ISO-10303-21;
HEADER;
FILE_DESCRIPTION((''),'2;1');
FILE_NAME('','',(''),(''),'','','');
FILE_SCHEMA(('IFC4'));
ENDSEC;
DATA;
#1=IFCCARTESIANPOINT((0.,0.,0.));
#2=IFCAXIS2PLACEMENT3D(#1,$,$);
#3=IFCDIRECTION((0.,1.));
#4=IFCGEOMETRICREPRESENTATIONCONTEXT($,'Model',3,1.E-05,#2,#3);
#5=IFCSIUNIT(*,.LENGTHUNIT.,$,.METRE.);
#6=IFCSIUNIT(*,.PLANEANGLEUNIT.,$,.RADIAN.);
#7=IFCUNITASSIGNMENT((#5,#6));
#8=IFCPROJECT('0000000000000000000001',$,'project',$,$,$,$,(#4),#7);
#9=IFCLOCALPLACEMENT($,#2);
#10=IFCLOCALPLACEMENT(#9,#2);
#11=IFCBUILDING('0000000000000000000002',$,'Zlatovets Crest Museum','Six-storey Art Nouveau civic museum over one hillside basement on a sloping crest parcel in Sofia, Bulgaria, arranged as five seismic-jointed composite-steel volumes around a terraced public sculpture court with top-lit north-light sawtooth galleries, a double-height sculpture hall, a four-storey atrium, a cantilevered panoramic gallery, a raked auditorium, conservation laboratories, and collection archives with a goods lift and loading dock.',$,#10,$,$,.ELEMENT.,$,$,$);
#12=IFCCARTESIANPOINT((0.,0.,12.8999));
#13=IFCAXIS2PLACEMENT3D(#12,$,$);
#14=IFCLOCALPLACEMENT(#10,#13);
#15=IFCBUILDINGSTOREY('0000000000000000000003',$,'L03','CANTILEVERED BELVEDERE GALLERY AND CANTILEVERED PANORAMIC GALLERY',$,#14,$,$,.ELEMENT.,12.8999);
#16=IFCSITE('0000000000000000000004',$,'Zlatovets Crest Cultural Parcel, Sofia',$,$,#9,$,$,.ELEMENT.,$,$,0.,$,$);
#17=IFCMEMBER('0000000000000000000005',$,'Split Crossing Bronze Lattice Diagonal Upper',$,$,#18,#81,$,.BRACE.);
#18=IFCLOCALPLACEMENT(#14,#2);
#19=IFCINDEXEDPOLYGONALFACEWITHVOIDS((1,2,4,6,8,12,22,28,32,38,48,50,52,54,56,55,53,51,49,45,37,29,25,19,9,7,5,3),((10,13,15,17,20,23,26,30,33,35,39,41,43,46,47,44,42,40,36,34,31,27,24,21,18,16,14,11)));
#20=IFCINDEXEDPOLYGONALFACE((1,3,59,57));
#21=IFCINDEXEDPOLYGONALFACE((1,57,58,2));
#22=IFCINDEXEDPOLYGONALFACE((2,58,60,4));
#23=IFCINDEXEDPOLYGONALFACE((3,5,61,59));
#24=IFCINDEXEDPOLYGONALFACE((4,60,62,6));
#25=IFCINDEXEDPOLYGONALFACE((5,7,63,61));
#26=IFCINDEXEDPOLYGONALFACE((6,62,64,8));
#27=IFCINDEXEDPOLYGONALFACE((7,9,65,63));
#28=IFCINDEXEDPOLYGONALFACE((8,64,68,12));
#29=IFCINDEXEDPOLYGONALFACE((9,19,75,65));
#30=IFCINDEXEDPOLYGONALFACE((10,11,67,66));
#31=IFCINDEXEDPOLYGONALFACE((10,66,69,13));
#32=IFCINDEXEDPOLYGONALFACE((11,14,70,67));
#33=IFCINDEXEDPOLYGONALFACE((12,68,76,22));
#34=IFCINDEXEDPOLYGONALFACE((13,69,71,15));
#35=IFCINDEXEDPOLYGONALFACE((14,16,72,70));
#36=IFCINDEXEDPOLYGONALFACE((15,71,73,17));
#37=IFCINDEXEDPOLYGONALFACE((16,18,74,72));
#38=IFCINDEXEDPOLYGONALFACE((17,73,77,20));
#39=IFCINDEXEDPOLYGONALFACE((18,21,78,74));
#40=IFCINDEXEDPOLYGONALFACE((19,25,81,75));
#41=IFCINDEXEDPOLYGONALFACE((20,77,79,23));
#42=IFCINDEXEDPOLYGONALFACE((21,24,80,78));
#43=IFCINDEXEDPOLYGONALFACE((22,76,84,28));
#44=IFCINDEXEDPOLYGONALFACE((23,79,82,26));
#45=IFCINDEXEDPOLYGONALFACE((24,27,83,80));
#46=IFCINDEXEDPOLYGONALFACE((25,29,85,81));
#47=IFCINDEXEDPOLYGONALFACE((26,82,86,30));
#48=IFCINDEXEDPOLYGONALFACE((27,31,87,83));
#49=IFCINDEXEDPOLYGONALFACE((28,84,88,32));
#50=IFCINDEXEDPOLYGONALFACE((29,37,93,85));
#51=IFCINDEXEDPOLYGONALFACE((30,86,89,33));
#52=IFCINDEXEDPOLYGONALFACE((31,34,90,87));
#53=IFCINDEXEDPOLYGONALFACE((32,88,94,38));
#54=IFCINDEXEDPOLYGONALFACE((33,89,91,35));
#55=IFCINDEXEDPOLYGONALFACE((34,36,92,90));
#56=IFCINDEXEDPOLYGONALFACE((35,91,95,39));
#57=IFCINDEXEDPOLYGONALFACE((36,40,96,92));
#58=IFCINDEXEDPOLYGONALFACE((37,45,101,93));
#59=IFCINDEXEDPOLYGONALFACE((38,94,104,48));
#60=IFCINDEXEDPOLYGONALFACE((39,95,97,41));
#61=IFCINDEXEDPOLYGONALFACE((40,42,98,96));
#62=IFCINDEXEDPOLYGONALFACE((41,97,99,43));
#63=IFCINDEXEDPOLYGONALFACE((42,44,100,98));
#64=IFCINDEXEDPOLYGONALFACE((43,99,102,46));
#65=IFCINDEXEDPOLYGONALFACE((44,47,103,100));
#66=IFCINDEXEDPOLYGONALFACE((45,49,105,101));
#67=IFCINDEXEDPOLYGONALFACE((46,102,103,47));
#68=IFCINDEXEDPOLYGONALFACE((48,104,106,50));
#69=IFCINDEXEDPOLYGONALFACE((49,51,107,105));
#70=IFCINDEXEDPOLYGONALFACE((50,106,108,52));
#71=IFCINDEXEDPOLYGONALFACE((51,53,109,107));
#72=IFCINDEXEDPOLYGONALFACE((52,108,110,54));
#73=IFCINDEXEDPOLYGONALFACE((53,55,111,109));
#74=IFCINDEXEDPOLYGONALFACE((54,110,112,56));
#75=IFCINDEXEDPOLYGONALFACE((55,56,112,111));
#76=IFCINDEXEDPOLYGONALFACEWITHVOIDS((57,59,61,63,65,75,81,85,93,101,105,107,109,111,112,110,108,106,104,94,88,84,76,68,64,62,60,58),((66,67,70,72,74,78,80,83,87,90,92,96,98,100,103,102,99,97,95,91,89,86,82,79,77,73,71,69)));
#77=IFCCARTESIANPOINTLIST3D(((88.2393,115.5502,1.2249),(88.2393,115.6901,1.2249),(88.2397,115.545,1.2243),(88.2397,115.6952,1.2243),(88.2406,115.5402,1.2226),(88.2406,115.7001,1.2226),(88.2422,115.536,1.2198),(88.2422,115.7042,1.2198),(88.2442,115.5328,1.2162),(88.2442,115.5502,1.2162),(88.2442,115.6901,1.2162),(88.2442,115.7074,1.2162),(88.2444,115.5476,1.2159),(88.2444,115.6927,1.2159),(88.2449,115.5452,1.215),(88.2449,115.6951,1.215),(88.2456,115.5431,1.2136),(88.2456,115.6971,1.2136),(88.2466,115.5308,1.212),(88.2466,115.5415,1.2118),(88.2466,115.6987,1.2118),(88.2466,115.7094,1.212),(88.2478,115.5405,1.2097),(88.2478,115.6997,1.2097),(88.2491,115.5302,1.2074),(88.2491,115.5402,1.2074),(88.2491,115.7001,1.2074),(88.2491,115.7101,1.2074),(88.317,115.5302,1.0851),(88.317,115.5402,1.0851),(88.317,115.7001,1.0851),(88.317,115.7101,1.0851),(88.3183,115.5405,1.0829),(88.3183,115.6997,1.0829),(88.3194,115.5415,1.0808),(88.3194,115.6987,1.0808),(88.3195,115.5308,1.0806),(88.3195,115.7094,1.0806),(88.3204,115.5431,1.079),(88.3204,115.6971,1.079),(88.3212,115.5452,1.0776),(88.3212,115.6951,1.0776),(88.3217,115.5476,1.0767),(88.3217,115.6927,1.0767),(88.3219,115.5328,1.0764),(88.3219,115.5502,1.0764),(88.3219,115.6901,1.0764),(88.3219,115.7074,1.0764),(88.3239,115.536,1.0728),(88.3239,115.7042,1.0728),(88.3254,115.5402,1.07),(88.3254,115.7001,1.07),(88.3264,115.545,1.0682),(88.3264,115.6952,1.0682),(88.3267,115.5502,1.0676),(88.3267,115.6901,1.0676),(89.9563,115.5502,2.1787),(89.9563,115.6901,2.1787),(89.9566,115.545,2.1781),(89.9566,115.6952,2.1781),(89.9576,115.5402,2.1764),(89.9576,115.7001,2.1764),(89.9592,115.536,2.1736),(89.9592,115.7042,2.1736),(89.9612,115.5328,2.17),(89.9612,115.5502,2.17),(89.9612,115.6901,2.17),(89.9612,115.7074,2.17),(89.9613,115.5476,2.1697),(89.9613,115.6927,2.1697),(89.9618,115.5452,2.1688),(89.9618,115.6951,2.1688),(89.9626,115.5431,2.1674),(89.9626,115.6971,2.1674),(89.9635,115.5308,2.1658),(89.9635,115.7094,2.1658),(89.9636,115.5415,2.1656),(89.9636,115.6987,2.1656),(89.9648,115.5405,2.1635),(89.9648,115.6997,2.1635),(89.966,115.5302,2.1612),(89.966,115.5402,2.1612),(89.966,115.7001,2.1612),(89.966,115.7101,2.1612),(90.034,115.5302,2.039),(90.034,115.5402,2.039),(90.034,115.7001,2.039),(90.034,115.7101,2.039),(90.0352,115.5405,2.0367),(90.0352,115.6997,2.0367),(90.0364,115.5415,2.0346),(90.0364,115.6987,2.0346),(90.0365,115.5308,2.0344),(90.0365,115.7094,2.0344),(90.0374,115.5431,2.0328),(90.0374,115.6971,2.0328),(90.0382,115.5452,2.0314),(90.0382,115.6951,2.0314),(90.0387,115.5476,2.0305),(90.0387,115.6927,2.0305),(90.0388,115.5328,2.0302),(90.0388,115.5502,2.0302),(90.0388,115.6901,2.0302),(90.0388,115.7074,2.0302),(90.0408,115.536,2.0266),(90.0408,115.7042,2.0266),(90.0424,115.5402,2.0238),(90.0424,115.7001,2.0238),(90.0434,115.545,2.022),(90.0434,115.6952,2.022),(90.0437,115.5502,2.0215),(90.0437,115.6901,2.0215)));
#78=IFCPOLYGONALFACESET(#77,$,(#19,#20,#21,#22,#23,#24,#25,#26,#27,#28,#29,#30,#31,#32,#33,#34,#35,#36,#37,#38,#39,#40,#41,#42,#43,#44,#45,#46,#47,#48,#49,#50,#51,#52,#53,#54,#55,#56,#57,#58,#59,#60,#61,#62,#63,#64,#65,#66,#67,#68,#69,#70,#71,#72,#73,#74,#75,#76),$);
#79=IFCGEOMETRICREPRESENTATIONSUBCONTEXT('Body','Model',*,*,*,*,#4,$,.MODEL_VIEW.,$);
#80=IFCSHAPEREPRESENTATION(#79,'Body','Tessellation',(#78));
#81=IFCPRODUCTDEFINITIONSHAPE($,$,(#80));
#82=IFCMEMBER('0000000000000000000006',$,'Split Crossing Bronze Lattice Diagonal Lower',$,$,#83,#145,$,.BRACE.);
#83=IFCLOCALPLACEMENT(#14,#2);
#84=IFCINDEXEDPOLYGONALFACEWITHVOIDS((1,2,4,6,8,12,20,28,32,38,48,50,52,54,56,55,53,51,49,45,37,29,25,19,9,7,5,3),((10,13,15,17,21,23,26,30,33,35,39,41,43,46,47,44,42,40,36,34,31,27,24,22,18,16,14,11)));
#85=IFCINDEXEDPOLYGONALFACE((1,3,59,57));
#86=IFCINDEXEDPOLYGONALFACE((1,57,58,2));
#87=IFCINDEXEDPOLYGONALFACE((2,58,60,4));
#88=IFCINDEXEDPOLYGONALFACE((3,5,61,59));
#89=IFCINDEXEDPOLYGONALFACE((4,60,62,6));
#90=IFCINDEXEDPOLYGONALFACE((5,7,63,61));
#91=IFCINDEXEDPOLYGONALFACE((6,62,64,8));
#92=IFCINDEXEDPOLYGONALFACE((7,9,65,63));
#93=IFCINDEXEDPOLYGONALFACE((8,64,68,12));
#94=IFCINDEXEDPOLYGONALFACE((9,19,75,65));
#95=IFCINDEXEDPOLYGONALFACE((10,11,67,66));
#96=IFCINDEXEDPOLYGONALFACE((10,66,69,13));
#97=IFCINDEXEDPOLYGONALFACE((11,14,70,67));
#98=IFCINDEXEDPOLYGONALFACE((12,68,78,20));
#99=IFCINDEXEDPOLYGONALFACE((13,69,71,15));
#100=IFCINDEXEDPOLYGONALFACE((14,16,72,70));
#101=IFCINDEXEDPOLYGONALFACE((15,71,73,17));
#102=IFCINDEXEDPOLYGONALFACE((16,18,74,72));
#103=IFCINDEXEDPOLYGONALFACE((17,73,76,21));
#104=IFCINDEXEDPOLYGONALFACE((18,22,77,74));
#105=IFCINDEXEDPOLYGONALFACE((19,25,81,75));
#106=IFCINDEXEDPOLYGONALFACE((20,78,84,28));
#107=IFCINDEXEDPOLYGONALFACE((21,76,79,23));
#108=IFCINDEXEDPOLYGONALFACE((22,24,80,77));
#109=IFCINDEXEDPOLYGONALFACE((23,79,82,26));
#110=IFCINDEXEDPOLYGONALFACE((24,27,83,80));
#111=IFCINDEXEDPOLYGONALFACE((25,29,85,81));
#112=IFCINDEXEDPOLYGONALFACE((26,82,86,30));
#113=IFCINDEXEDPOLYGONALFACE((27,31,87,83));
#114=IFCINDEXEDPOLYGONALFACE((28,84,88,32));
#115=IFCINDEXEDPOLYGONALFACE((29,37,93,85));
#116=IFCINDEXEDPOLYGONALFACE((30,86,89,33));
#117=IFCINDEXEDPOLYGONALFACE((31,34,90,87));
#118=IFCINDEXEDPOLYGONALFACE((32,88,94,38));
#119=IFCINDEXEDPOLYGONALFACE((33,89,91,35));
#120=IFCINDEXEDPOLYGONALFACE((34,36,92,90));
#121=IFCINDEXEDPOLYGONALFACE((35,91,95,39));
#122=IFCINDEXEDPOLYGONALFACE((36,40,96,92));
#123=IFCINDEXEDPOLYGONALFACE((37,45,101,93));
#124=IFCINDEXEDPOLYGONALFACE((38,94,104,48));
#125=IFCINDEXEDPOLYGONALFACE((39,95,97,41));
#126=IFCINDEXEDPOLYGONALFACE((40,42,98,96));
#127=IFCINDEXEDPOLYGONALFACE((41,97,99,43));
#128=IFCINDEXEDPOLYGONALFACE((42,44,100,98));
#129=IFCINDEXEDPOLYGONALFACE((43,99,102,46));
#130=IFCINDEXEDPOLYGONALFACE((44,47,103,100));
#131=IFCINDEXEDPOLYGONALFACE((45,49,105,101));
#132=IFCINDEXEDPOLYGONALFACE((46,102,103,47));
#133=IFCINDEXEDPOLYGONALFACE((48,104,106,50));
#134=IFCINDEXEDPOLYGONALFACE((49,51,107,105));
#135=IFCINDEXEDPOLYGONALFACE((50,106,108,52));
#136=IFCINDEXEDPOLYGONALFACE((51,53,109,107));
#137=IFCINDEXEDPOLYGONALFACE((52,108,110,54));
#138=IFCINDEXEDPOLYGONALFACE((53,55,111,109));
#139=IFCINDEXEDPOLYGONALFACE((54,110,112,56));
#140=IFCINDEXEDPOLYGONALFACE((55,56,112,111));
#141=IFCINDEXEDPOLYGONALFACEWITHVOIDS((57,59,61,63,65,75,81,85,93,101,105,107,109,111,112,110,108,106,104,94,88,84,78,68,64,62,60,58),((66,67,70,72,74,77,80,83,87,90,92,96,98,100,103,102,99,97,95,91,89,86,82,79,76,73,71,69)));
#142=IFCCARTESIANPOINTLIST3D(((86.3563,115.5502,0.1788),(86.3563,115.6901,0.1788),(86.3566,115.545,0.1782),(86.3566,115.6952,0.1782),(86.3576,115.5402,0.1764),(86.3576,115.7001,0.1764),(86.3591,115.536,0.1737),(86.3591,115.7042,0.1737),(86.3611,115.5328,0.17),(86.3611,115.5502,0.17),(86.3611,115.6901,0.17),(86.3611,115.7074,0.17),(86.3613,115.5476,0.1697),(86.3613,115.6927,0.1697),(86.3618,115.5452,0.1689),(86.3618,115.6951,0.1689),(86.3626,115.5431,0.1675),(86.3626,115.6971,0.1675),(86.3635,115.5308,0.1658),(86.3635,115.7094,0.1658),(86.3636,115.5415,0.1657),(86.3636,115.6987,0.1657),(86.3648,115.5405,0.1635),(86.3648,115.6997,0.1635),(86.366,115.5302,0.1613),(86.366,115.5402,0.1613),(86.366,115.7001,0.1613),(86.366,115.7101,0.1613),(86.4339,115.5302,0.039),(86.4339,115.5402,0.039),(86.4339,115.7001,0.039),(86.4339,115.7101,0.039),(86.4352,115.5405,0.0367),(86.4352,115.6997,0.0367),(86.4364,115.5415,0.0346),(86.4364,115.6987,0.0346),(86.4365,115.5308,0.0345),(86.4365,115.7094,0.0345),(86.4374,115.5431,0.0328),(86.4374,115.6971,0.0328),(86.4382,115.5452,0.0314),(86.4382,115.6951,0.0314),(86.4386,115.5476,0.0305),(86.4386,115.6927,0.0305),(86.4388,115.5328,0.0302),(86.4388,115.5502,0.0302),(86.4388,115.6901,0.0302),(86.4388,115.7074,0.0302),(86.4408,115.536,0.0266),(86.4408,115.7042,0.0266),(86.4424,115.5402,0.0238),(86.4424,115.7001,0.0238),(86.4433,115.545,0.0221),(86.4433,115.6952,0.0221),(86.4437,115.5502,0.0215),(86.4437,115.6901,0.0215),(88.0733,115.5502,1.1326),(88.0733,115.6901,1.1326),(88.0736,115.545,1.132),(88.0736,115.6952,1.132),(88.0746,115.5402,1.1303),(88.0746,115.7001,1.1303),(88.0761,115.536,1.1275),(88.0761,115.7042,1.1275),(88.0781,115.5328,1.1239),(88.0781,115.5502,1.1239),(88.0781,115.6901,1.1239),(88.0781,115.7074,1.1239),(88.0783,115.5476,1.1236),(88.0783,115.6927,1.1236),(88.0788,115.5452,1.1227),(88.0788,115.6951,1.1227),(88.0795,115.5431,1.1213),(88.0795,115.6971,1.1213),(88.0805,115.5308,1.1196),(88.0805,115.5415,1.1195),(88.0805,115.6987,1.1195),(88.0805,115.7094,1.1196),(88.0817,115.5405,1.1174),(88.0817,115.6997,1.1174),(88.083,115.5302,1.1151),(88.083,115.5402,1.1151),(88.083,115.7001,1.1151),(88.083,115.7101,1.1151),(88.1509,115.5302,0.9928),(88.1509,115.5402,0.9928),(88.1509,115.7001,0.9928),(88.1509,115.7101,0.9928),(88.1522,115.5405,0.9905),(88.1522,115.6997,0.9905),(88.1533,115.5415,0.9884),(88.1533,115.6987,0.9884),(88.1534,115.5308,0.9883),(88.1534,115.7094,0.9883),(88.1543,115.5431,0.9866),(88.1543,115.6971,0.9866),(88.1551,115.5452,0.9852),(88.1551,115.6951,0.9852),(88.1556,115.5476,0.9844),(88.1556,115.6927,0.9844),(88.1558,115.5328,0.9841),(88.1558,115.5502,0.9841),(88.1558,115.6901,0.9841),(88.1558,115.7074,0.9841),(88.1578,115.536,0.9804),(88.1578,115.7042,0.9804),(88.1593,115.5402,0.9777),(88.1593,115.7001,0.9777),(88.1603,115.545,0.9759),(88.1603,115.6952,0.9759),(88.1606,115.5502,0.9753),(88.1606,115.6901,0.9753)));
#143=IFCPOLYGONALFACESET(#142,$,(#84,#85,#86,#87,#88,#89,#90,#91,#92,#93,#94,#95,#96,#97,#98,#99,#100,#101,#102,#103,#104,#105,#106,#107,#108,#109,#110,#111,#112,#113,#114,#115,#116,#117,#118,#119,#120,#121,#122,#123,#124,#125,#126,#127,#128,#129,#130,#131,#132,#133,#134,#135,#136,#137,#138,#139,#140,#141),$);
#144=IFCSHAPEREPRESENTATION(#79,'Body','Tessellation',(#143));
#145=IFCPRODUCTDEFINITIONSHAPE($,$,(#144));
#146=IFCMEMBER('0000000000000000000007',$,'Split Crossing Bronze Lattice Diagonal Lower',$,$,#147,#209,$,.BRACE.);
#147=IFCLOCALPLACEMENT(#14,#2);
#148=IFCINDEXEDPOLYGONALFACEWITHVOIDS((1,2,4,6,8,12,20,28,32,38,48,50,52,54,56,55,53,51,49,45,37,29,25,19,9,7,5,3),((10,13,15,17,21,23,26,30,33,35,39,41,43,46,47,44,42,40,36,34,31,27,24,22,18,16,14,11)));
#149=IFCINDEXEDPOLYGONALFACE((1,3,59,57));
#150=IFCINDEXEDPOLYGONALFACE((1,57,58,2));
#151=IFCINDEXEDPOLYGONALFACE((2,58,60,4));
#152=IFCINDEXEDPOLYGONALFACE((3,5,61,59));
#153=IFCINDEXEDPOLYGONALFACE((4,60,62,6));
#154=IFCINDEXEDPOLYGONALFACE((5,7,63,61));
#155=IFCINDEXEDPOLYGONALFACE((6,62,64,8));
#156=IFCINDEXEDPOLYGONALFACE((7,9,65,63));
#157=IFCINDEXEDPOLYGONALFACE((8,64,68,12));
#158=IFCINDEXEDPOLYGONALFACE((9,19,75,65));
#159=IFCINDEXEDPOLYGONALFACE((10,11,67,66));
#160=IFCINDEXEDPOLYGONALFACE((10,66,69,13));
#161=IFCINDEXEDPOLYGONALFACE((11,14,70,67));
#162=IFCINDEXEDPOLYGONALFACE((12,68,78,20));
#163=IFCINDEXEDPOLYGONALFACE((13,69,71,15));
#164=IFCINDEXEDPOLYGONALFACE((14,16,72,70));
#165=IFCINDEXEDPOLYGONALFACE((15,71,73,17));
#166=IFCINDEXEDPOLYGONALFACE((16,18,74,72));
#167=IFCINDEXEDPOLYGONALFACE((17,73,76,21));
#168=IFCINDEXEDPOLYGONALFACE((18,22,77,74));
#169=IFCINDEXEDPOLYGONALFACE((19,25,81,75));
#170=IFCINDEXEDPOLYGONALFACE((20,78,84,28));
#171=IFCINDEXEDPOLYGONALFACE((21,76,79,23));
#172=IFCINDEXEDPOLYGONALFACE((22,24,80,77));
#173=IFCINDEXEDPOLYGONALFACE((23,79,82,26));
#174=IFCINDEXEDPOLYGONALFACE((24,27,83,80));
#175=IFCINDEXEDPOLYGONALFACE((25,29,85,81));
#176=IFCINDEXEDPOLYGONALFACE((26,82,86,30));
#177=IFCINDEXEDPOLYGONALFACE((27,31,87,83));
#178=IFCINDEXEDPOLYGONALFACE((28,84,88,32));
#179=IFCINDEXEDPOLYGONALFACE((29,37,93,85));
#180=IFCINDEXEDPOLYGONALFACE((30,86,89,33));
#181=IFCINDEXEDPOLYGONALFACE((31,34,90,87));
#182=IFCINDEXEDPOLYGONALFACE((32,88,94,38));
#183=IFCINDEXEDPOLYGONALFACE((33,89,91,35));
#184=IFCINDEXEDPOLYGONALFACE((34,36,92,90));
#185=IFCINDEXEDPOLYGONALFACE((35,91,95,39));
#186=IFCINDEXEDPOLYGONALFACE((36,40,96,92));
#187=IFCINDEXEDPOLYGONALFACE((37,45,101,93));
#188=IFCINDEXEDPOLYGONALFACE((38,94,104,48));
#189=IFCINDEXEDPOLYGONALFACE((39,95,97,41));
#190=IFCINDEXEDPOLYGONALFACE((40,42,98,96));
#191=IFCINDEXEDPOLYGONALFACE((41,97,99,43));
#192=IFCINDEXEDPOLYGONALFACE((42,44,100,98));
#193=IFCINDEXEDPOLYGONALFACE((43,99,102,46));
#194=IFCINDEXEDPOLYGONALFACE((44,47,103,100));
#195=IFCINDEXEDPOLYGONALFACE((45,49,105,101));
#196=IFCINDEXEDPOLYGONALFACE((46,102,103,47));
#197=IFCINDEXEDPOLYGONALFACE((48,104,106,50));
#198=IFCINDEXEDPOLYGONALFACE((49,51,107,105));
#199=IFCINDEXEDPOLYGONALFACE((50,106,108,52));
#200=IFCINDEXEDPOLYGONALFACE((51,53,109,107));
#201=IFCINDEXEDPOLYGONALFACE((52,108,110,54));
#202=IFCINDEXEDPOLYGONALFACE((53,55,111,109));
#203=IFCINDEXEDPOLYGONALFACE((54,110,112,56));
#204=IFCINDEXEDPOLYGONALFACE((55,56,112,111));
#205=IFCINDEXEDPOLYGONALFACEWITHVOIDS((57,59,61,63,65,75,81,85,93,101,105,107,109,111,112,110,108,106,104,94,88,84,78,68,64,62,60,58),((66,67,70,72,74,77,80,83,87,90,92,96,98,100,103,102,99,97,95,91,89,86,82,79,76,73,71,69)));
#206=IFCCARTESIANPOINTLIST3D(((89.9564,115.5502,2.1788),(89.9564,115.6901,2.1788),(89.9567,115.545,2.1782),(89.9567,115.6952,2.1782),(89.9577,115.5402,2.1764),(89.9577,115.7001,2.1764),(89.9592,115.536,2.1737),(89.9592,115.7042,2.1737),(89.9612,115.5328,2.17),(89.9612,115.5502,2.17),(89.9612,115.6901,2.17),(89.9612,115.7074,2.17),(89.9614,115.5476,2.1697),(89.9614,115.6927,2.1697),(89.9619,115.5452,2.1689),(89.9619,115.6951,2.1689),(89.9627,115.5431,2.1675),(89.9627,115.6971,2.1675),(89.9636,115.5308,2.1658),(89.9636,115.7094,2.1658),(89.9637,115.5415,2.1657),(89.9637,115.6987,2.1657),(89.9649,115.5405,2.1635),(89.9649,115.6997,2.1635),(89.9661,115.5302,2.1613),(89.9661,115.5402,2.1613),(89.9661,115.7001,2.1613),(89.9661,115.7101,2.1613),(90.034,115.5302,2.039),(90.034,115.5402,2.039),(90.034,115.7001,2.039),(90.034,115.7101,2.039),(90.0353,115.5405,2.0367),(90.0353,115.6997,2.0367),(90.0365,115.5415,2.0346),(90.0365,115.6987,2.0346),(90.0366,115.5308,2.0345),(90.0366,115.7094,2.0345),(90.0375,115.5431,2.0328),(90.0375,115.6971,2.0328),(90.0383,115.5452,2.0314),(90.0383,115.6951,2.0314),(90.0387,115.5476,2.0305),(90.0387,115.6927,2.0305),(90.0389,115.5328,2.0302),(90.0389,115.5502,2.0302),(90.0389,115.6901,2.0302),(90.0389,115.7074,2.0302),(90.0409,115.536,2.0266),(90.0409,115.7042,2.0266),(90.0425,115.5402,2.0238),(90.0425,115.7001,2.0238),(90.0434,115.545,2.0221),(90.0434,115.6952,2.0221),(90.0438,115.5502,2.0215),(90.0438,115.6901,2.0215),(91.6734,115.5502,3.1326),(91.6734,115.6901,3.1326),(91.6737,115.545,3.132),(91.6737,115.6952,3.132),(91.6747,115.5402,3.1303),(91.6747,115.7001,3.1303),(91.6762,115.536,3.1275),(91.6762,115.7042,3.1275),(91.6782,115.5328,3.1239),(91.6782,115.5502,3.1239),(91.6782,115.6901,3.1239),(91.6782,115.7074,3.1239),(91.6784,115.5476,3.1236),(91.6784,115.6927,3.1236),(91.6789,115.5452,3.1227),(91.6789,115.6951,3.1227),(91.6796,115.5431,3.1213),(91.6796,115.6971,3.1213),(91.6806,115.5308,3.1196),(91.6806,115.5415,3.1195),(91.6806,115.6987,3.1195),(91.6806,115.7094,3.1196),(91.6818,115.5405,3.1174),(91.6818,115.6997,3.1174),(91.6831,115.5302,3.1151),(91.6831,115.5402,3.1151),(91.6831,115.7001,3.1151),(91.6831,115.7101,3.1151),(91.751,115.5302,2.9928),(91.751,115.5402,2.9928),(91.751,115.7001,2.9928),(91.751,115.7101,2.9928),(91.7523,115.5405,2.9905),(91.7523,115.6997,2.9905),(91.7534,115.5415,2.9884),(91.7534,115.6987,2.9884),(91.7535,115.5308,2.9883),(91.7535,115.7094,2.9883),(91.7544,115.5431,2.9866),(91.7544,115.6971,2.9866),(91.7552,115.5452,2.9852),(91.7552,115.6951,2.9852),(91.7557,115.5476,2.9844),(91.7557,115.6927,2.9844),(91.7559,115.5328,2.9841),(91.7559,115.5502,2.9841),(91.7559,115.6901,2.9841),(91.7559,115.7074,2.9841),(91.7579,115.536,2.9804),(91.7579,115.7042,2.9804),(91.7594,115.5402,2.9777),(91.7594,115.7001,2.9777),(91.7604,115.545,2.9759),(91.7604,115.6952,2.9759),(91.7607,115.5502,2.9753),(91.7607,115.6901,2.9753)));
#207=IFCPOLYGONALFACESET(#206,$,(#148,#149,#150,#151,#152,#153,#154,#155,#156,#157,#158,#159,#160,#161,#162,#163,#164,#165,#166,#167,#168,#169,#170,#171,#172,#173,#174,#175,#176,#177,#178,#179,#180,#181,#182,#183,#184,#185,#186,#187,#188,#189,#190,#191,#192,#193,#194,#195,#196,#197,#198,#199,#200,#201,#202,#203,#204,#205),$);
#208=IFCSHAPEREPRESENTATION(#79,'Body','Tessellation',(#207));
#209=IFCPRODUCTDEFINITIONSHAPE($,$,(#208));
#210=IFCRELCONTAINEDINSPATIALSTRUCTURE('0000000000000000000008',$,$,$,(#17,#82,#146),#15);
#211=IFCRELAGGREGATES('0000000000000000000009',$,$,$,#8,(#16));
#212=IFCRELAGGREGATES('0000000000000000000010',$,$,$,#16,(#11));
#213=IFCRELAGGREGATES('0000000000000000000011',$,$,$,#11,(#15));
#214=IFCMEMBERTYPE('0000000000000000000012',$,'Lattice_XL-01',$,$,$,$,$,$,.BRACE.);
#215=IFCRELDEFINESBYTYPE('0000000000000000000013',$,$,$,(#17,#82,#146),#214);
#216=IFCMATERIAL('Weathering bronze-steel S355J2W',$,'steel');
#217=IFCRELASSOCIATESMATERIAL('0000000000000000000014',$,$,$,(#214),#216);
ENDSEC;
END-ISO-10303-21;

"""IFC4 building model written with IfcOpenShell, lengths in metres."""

from ifc_helpers import new_model, si_unit, direction, frame, origin, origin_2d, place, context, subcontext, project, spatial, hollow_rectangle, extrude, material, material_profile, profile_set, type_object, element, save


model = new_model("IFC4")

# Units and contexts
model_context = context("Model", 3, precision=1e-05, world=origin(), true_north=direction((0.0, 1.0)))
body_context = subcontext(model_context, "Body", "Model", "MODEL_VIEW")
ifc_project = project(units=[si_unit("LENGTHUNIT", "METRE"), si_unit("PLANEANGLEUNIT", "RADIAN")], contexts=[model_context])

# Site, building, storey
site_placement = place(None, origin())
site = spatial("IfcSite", under=ifc_project, at=site_placement, Name="Zlatovets Crest Cultural Parcel, Sofia", CompositionType="ELEMENT", RefElevation=0.0)
building_placement = place(site_placement, origin())
building = spatial("IfcBuilding", under=site, at=building_placement, Name="Zlatovets Crest Museum", Description="Six-storey Art Nouveau civic museum over one hillside basement on a sloping crest parcel in Sofia, Bulgaria, arranged as five seismic-jointed composite-steel volumes around a terraced public sculpture court with top-lit north-light sawtooth galleries, a double-height sculpture hall, a four-storey atrium, a cantilevered panoramic gallery, a raked auditorium, conservation laboratories, and collection archives with a goods lift and loading dock.", CompositionType="ELEMENT")
storey_placement = place(building_placement, frame((0.0, 0.0, 12.8999)))
storey = spatial("IfcBuildingStorey", under=building, at=storey_placement, Name="L03", Description="CANTILEVERED BELVEDERE GALLERY AND CANTILEVERED PANORAMIC GALLERY", CompositionType="ELEMENT", Elevation=12.8999)

# Members
ifc_material_1 = material(Name="Weathering bronze-steel S355J2W", Category="steel")
ifc_material_profile_1 = material_profile(ifc_material_1, hollow_rectangle(XDim=0.1799, YDim=0.1799, WallThickness=0.01, InnerFilletRadius=0.01, OuterFilletRadius=0.02, at=origin_2d()), Name="SHS 180x180x10.0")
ifc_profile_set_1 = profile_set([ifc_material_profile_1], Name="Weathering bronze-steel S355J2W")
member_type_1 = type_object("IfcMemberType", Name="Lattice_XL-01", PredefinedType="BRACE", material=ifc_profile_set_1)
for number, where, z_axis, x_axis, name in (
    (1, (90.0, 115.6201, 2.1001), (-0.874169, 0.0, -0.485622), (0.0, -1.0, 0.0), "Split Crossing Bronze Lattice Diagonal Upper"),
    (2, (88.1169, 115.6201, 1.054), (-0.874169, 0.0, -0.485622), (0.0, -1.0, 0.0), "Split Crossing Bronze Lattice Diagonal Lower"),
    (3, (91.717, 115.6201, 3.054), (-0.874169, 0.0, -0.485622), (0.0, -1.0, 0.0), "Split Crossing Bronze Lattice Diagonal Lower"),
):
    element("IfcMember", number, at=place(storey_placement, frame(where, z_axis=z_axis, x_axis=x_axis)), inside=storey, type_object=member_type_1, Name=name, PredefinedType="BRACE", context=body_context, shape_type="SweptSolid", body=[
        extrude(hollow_rectangle(XDim=0.1799, YDim=0.1799, WallThickness=0.01, InnerFilletRadius=0.01, OuterFilletRadius=0.02, at=origin_2d()), origin(), (0.0, 0.0, 1.0), 1.9641),
    ])

save(model, "model.ifc")
